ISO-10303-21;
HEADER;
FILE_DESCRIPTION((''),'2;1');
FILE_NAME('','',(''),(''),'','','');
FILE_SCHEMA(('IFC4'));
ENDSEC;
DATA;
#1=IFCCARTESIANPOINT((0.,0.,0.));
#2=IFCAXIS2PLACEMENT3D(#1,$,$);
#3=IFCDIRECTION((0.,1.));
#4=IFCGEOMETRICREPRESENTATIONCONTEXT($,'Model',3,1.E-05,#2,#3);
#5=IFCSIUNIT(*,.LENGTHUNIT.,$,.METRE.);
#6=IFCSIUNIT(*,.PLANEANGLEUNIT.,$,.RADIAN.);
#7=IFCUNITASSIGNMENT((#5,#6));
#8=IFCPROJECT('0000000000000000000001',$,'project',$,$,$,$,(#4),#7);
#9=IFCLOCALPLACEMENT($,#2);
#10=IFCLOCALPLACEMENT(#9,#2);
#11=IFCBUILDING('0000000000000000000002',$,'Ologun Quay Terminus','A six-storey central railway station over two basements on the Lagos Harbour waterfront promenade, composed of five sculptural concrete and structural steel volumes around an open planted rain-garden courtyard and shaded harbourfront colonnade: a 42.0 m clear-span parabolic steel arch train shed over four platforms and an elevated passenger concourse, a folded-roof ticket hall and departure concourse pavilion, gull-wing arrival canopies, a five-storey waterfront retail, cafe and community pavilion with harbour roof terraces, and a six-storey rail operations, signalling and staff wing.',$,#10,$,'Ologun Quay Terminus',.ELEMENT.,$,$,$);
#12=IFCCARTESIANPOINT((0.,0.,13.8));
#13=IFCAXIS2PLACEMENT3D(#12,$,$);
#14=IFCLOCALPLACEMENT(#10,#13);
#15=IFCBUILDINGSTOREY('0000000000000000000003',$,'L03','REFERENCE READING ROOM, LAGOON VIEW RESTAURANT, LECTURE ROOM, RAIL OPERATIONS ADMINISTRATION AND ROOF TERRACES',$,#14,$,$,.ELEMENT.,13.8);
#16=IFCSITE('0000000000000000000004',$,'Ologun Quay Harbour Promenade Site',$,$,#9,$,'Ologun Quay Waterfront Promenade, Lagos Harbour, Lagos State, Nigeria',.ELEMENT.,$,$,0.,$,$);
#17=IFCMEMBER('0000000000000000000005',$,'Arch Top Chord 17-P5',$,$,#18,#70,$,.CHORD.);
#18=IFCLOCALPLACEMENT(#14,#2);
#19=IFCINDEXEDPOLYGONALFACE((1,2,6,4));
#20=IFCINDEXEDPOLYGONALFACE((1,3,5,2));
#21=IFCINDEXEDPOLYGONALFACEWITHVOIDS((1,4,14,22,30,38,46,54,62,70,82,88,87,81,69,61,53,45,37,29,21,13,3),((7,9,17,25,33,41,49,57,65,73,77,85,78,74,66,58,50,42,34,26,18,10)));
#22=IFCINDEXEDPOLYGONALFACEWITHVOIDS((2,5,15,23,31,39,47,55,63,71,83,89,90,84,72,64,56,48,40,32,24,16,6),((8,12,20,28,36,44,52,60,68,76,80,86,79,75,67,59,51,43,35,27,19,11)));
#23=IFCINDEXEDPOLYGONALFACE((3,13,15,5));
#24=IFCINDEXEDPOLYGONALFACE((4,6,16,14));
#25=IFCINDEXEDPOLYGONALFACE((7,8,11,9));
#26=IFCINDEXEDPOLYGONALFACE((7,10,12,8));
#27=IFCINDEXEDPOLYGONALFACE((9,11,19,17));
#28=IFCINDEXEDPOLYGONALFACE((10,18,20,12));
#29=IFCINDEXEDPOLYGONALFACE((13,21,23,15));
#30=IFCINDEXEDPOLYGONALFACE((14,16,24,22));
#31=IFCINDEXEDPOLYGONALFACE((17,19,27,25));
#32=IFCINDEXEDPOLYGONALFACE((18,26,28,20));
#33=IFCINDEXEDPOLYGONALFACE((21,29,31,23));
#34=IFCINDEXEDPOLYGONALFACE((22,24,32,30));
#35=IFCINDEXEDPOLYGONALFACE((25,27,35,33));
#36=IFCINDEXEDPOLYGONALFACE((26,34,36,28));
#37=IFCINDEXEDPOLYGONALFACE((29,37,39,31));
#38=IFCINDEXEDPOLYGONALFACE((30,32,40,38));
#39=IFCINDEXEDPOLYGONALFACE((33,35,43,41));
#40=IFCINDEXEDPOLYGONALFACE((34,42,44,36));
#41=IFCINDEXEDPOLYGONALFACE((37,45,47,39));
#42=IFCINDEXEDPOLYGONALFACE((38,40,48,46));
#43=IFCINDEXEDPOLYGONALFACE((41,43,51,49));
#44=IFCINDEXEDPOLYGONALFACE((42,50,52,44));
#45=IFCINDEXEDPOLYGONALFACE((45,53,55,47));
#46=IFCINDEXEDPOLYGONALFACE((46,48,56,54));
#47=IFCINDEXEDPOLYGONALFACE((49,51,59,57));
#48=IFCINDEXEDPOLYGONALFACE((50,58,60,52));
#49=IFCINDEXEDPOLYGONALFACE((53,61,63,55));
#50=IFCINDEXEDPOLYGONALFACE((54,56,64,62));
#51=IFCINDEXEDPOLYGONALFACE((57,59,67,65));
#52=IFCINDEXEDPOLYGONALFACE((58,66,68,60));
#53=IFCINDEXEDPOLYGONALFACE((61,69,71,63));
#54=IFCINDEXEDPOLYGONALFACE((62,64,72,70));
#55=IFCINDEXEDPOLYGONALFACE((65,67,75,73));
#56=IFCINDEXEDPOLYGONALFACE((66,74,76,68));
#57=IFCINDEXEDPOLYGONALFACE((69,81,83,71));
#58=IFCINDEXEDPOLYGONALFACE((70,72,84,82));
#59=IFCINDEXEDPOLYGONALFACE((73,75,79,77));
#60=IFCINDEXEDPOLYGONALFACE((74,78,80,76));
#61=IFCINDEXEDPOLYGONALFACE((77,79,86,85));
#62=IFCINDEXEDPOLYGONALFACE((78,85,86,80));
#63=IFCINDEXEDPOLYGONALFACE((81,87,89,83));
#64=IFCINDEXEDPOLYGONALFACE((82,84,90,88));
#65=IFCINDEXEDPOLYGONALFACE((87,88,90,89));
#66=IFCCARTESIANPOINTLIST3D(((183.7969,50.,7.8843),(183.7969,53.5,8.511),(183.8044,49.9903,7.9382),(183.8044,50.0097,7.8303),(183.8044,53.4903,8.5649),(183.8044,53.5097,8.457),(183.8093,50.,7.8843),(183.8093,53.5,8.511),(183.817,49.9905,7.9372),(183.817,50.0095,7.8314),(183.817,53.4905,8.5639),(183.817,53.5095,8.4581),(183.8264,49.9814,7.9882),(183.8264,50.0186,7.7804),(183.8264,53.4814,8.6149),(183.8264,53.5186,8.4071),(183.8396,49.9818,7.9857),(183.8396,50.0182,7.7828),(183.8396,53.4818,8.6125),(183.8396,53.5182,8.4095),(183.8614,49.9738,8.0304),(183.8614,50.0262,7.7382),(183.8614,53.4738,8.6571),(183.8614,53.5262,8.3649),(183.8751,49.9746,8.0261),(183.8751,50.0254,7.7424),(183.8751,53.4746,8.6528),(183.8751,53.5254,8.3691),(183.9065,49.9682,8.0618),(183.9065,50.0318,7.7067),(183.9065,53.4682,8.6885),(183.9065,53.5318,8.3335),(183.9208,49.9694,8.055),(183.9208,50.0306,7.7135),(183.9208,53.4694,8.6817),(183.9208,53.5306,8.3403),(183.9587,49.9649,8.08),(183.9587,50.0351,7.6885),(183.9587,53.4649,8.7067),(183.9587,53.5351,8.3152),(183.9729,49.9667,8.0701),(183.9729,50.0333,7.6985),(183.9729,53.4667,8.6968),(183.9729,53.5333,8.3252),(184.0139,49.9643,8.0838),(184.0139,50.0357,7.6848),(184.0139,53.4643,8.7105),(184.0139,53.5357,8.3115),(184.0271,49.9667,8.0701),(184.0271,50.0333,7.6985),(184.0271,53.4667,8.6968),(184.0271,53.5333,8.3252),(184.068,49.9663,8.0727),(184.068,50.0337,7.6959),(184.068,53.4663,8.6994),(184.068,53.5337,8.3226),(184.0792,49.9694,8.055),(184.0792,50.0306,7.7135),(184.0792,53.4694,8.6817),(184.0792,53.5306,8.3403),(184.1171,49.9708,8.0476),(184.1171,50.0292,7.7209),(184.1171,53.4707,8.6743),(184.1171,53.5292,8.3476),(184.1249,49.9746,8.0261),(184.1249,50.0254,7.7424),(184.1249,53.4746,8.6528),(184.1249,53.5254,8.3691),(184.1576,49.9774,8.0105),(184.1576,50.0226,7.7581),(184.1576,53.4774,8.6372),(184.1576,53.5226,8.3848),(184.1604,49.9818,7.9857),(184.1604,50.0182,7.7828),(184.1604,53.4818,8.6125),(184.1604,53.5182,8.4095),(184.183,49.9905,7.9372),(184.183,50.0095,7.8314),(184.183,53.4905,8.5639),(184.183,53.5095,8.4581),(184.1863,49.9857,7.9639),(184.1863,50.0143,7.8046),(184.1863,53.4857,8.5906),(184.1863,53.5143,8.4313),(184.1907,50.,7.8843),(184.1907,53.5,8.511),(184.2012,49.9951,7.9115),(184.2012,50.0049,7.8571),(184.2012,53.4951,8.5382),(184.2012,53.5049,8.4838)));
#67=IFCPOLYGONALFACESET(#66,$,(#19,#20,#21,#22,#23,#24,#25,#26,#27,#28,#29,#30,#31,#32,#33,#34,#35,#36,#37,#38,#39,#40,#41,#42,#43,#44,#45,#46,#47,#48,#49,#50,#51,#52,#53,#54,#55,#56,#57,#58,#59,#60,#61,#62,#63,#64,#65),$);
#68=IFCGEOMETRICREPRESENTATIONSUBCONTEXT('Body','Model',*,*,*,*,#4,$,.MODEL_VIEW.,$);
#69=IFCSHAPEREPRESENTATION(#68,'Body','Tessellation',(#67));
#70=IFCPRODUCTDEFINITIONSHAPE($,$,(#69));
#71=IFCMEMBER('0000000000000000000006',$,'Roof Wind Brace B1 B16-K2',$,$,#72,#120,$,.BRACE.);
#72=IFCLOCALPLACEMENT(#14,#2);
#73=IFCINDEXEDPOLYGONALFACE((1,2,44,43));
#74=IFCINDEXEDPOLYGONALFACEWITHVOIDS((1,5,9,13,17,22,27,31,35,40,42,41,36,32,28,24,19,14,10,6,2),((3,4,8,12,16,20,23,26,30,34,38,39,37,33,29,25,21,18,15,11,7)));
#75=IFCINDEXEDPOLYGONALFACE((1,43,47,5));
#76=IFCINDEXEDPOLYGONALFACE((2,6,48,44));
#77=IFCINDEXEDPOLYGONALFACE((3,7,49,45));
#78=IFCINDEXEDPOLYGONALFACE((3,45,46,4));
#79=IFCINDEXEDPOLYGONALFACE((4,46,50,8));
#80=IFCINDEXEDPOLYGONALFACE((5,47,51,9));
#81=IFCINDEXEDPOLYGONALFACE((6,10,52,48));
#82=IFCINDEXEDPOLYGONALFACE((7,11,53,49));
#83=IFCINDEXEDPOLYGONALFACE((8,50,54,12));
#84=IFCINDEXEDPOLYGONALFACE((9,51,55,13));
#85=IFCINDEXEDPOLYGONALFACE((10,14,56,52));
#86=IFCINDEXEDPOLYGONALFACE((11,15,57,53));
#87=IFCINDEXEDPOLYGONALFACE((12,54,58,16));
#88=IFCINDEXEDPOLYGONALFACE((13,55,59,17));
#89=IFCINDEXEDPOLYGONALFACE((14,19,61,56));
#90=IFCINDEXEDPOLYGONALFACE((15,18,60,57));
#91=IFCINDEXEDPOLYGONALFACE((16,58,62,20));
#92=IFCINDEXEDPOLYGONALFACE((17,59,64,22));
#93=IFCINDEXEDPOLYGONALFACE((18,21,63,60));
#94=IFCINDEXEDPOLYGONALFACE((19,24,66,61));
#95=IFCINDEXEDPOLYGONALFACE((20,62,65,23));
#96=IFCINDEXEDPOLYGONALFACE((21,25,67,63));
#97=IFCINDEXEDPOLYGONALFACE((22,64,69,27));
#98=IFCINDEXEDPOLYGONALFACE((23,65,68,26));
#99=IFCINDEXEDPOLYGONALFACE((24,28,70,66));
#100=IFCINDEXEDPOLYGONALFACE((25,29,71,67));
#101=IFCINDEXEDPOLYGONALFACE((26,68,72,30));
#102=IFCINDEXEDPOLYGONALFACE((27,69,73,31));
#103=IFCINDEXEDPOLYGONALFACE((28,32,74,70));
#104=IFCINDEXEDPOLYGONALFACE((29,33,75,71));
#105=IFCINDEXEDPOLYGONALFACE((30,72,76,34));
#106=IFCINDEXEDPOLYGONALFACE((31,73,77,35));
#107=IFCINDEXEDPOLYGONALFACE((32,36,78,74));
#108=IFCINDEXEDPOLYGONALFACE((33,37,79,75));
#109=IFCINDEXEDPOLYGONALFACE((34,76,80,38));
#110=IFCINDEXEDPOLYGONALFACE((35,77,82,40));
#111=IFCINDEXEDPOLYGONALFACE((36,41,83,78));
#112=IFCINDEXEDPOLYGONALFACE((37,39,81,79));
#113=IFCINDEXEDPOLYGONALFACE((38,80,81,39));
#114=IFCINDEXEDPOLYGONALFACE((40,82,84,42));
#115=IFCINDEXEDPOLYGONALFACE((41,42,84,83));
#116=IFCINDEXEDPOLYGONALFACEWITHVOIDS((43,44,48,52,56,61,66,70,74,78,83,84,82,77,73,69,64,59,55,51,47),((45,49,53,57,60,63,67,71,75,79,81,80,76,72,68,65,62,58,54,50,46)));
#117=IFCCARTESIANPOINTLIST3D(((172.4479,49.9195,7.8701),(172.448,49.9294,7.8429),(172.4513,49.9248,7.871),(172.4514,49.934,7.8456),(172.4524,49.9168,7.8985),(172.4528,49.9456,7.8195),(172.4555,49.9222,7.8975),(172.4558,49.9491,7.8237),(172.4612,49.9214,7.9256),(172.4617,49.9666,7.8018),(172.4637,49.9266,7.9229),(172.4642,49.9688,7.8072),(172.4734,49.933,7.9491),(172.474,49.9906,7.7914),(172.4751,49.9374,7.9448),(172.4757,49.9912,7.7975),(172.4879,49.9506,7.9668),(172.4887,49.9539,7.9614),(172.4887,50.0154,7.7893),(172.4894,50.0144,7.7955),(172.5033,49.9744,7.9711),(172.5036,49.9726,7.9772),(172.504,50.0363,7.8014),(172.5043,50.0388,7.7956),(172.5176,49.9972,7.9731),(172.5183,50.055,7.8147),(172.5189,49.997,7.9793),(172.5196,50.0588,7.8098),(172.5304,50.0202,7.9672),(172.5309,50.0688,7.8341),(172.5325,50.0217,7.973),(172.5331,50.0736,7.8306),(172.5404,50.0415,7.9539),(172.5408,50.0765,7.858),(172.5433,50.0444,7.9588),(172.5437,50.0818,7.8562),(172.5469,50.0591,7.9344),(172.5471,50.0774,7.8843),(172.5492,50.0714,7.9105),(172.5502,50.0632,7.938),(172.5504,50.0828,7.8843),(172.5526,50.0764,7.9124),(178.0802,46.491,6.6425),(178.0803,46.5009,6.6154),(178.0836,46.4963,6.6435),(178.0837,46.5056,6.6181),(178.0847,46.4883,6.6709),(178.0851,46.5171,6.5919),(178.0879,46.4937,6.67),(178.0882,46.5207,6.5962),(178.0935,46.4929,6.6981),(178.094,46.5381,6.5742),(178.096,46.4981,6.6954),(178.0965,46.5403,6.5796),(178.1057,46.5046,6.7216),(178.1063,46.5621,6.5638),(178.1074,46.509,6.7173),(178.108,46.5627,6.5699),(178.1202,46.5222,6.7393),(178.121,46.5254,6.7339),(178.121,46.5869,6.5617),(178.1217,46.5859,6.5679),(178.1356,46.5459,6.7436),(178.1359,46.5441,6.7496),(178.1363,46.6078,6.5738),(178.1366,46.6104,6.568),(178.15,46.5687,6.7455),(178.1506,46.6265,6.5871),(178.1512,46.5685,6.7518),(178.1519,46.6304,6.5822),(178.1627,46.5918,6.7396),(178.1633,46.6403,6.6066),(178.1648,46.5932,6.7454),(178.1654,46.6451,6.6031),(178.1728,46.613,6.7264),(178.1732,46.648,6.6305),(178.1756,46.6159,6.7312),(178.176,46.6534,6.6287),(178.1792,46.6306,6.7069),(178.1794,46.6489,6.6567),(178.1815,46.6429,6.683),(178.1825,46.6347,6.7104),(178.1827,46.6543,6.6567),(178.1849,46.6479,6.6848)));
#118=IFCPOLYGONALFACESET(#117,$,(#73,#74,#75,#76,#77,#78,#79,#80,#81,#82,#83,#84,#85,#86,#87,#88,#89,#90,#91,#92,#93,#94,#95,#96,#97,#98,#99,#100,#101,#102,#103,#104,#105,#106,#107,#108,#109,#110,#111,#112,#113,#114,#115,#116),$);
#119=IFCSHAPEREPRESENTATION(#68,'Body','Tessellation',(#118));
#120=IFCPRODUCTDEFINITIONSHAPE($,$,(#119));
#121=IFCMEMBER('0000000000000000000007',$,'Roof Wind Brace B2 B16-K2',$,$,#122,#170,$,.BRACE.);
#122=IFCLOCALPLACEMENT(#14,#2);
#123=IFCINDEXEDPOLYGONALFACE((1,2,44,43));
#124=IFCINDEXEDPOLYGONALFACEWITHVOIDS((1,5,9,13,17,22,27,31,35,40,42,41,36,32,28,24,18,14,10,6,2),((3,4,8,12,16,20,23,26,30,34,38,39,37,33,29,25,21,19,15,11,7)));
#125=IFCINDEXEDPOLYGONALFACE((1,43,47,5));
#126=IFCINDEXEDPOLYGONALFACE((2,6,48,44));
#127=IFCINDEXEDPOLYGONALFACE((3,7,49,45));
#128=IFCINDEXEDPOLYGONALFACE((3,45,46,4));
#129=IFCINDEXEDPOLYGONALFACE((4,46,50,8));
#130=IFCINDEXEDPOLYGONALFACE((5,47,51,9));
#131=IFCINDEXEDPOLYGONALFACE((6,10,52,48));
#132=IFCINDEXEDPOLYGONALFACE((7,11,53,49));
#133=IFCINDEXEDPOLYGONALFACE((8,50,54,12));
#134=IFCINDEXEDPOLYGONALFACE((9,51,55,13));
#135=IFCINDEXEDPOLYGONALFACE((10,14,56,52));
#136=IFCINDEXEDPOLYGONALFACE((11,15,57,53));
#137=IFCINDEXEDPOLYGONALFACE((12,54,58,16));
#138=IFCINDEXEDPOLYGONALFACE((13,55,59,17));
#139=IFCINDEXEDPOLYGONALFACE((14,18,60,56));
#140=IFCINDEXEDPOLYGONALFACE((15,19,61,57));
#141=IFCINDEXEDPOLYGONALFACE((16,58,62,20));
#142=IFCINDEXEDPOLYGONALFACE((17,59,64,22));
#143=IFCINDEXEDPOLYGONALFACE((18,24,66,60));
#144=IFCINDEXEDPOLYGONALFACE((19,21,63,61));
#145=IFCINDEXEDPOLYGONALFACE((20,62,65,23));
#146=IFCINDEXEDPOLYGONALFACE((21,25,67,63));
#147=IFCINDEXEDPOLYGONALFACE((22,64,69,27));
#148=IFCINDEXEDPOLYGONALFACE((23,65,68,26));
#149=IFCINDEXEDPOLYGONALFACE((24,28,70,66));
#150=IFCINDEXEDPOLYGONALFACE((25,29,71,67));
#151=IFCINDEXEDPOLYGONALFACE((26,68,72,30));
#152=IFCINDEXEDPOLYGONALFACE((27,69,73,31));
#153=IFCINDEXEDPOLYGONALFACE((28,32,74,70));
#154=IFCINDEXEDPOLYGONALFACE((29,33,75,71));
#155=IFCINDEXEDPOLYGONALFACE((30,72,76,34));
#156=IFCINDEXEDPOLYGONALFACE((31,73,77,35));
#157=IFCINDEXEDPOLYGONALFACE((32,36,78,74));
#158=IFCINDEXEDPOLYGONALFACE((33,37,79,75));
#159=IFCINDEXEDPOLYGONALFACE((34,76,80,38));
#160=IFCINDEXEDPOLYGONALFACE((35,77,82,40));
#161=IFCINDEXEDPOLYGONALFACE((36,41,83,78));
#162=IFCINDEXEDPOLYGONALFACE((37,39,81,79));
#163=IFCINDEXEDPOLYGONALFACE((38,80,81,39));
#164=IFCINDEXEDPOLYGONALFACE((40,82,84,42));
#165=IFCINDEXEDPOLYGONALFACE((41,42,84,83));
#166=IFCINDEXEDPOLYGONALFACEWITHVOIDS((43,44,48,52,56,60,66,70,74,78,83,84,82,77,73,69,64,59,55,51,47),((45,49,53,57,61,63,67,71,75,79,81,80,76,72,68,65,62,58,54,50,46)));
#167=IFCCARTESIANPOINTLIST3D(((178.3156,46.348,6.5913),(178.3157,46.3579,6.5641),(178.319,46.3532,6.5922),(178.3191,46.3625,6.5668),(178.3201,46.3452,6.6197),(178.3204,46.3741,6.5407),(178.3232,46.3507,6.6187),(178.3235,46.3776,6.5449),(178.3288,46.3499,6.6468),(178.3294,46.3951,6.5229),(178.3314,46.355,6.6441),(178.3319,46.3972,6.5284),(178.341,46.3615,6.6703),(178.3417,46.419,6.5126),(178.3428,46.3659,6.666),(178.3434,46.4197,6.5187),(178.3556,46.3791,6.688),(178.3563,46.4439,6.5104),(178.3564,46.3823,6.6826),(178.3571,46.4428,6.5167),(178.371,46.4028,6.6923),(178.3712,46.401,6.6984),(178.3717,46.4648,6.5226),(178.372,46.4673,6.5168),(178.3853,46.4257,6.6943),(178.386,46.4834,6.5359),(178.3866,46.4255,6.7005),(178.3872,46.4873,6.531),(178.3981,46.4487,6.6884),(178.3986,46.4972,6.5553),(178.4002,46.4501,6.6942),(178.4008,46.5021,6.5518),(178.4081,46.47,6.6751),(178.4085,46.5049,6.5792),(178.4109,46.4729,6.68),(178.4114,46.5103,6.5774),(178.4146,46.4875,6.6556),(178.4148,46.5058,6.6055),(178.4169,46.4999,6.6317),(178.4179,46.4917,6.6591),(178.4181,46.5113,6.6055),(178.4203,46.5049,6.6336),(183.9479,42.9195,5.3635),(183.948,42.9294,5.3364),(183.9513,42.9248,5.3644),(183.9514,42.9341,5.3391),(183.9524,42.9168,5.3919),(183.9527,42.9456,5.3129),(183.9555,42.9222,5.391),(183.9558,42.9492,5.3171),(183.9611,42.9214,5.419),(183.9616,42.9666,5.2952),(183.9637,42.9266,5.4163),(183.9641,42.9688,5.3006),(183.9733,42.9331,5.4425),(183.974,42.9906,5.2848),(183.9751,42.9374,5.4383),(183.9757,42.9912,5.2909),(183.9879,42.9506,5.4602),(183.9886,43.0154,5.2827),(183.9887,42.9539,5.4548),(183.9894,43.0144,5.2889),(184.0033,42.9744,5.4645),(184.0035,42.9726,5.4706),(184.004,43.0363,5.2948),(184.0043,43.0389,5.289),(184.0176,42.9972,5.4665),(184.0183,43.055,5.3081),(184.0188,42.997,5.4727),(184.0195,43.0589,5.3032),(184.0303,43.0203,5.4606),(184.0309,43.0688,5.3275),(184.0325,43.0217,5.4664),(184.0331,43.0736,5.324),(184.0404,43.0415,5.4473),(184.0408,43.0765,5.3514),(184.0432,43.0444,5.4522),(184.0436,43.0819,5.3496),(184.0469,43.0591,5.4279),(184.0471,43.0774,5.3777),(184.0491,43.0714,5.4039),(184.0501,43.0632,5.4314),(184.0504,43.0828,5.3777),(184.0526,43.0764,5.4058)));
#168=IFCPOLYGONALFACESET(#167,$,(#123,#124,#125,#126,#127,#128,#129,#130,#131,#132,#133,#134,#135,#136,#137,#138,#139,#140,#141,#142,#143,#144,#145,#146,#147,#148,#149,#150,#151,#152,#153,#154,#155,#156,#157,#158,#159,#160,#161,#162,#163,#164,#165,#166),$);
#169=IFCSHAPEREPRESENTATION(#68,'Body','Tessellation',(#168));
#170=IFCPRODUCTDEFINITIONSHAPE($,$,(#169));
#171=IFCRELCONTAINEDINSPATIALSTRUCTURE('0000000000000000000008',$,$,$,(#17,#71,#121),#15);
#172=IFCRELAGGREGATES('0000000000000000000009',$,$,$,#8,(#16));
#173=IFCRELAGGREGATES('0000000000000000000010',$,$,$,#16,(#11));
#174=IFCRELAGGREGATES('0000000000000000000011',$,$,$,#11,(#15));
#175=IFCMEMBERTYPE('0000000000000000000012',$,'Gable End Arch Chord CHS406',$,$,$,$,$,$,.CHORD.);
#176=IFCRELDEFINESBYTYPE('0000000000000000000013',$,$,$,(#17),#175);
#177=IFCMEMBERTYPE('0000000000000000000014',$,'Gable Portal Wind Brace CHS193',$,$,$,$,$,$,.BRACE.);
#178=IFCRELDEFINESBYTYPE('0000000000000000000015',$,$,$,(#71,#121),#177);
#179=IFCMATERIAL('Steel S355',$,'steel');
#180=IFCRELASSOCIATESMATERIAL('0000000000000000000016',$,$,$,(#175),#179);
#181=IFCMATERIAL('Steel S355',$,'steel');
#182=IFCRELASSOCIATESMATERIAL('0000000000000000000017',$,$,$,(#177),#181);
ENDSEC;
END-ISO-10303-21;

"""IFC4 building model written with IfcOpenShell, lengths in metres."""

from ifc_helpers import new_model, si_unit, direction, frame, origin, origin_2d, place, context, subcontext, project, spatial, hollow_circle, extrude, material, material_profile, profile_set, type_object, element, save


model = new_model("IFC4")

# Units and contexts
model_context = context("Model", 3, precision=1e-05, world=origin(), true_north=direction((0.0, 1.0)))
body_context = subcontext(model_context, "Body", "Model", "MODEL_VIEW")
ifc_project = project(units=[si_unit("LENGTHUNIT", "METRE"), si_unit("PLANEANGLEUNIT", "RADIAN")], contexts=[model_context])

# Site, building, storey
site_placement = place(None, origin())
site = spatial("IfcSite", under=ifc_project, at=site_placement, Name="Ologun Quay Harbour Promenade Site", LongName="Ologun Quay Waterfront Promenade, Lagos Harbour, Lagos State, Nigeria", CompositionType="ELEMENT", RefElevation=0.0)
building_placement = place(site_placement, origin())
building = spatial("IfcBuilding", under=site, at=building_placement, Name="Ologun Quay Terminus", Description="A six-storey central railway station over two basements on the Lagos Harbour waterfront promenade, composed of five sculptural concrete and structural steel volumes around an open planted rain-garden courtyard and shaded harbourfront colonnade: a 42.0 m clear-span parabolic steel arch train shed over four platforms and an elevated passenger concourse, a folded-roof ticket hall and departure concourse pavilion, gull-wing arrival canopies, a five-storey waterfront retail, cafe and community pavilion with harbour roof terraces, and a six-storey rail operations, signalling and staff wing.", LongName="Ologun Quay Terminus", CompositionType="ELEMENT")
storey_placement = place(building_placement, frame((0.0, 0.0, 13.8)))
storey = spatial("IfcBuildingStorey", under=building, at=storey_placement, Name="L03", Description="REFERENCE READING ROOM, LAGOON VIEW RESTAURANT, LECTURE ROOM, RAIL OPERATIONS ADMINISTRATION AND ROOF TERRACES", CompositionType="ELEMENT", Elevation=13.8)

# Members
ifc_material_1 = material(Name="Steel S355", Category="steel")
ifc_material_profile_1 = material_profile(ifc_material_1, hollow_circle(Radius=0.2031, WallThickness=0.0125, at=origin_2d()), Name="CHS 406.4x12.5")
ifc_profile_set_1 = profile_set([ifc_material_profile_1], Name="Steel S355")
member_type_1 = type_object("IfcMemberType", Name="Gable End Arch Chord CHS406", PredefinedType="CHORD", material=ifc_profile_set_1)
member_1_placement = place(storey_placement, frame((184.0, 50.0, 7.8843), z_axis=(0.0, 0.984344, 0.176256), x_axis=(-1.0, 0.0, 0.0)))
element("IfcMember", 1, at=member_1_placement, inside=storey, type_object=member_type_1, Name="Arch Top Chord 17-P5", PredefinedType="CHORD", context=body_context, shape_type="SweptSolid", body=[
    extrude(hollow_circle(Radius=0.2031, WallThickness=0.0125, at=origin_2d()), origin(), (0.0, 0.0, 1.0), 3.5557),
])
ifc_material_2 = material(Name="Steel S355", Category="steel")
ifc_material_profile_2 = material_profile(ifc_material_2, hollow_circle(Radius=0.0969, WallThickness=0.0063, at=origin_2d()), Name="CHS 193.7x6.3")
ifc_profile_set_2 = profile_set([ifc_material_profile_2], Name="Steel S355")
member_type_2 = type_object("IfcMemberType", Name="Gable Portal Wind Brace CHS193", PredefinedType="BRACE", material=ifc_profile_set_2)
for number, where, z_axis, x_axis, name in (
    (2, (172.5, 50.0, 7.8843), (0.839764, -0.511175, -0.183023), (0.519958, 0.854192, 0.0), "Roof Wind Brace B1 B16-K2"),
    (3, (178.3677, 46.4285, 6.6055), (0.839758, -0.511171, -0.183058), (0.519958, 0.854192, 0.0), "Roof Wind Brace B2 B16-K2"),
):
    element("IfcMember", number, at=place(storey_placement, frame(where, z_axis=z_axis, x_axis=x_axis)), inside=storey, type_object=member_type_2, Name=name, PredefinedType="BRACE", context=body_context, shape_type="SweptSolid", body=[
        extrude(hollow_circle(Radius=0.0969, WallThickness=0.0063, at=origin_2d()), origin(), (0.0, 0.0, 1.0), 6.707),
    ])

save(model, "model.ifc")
